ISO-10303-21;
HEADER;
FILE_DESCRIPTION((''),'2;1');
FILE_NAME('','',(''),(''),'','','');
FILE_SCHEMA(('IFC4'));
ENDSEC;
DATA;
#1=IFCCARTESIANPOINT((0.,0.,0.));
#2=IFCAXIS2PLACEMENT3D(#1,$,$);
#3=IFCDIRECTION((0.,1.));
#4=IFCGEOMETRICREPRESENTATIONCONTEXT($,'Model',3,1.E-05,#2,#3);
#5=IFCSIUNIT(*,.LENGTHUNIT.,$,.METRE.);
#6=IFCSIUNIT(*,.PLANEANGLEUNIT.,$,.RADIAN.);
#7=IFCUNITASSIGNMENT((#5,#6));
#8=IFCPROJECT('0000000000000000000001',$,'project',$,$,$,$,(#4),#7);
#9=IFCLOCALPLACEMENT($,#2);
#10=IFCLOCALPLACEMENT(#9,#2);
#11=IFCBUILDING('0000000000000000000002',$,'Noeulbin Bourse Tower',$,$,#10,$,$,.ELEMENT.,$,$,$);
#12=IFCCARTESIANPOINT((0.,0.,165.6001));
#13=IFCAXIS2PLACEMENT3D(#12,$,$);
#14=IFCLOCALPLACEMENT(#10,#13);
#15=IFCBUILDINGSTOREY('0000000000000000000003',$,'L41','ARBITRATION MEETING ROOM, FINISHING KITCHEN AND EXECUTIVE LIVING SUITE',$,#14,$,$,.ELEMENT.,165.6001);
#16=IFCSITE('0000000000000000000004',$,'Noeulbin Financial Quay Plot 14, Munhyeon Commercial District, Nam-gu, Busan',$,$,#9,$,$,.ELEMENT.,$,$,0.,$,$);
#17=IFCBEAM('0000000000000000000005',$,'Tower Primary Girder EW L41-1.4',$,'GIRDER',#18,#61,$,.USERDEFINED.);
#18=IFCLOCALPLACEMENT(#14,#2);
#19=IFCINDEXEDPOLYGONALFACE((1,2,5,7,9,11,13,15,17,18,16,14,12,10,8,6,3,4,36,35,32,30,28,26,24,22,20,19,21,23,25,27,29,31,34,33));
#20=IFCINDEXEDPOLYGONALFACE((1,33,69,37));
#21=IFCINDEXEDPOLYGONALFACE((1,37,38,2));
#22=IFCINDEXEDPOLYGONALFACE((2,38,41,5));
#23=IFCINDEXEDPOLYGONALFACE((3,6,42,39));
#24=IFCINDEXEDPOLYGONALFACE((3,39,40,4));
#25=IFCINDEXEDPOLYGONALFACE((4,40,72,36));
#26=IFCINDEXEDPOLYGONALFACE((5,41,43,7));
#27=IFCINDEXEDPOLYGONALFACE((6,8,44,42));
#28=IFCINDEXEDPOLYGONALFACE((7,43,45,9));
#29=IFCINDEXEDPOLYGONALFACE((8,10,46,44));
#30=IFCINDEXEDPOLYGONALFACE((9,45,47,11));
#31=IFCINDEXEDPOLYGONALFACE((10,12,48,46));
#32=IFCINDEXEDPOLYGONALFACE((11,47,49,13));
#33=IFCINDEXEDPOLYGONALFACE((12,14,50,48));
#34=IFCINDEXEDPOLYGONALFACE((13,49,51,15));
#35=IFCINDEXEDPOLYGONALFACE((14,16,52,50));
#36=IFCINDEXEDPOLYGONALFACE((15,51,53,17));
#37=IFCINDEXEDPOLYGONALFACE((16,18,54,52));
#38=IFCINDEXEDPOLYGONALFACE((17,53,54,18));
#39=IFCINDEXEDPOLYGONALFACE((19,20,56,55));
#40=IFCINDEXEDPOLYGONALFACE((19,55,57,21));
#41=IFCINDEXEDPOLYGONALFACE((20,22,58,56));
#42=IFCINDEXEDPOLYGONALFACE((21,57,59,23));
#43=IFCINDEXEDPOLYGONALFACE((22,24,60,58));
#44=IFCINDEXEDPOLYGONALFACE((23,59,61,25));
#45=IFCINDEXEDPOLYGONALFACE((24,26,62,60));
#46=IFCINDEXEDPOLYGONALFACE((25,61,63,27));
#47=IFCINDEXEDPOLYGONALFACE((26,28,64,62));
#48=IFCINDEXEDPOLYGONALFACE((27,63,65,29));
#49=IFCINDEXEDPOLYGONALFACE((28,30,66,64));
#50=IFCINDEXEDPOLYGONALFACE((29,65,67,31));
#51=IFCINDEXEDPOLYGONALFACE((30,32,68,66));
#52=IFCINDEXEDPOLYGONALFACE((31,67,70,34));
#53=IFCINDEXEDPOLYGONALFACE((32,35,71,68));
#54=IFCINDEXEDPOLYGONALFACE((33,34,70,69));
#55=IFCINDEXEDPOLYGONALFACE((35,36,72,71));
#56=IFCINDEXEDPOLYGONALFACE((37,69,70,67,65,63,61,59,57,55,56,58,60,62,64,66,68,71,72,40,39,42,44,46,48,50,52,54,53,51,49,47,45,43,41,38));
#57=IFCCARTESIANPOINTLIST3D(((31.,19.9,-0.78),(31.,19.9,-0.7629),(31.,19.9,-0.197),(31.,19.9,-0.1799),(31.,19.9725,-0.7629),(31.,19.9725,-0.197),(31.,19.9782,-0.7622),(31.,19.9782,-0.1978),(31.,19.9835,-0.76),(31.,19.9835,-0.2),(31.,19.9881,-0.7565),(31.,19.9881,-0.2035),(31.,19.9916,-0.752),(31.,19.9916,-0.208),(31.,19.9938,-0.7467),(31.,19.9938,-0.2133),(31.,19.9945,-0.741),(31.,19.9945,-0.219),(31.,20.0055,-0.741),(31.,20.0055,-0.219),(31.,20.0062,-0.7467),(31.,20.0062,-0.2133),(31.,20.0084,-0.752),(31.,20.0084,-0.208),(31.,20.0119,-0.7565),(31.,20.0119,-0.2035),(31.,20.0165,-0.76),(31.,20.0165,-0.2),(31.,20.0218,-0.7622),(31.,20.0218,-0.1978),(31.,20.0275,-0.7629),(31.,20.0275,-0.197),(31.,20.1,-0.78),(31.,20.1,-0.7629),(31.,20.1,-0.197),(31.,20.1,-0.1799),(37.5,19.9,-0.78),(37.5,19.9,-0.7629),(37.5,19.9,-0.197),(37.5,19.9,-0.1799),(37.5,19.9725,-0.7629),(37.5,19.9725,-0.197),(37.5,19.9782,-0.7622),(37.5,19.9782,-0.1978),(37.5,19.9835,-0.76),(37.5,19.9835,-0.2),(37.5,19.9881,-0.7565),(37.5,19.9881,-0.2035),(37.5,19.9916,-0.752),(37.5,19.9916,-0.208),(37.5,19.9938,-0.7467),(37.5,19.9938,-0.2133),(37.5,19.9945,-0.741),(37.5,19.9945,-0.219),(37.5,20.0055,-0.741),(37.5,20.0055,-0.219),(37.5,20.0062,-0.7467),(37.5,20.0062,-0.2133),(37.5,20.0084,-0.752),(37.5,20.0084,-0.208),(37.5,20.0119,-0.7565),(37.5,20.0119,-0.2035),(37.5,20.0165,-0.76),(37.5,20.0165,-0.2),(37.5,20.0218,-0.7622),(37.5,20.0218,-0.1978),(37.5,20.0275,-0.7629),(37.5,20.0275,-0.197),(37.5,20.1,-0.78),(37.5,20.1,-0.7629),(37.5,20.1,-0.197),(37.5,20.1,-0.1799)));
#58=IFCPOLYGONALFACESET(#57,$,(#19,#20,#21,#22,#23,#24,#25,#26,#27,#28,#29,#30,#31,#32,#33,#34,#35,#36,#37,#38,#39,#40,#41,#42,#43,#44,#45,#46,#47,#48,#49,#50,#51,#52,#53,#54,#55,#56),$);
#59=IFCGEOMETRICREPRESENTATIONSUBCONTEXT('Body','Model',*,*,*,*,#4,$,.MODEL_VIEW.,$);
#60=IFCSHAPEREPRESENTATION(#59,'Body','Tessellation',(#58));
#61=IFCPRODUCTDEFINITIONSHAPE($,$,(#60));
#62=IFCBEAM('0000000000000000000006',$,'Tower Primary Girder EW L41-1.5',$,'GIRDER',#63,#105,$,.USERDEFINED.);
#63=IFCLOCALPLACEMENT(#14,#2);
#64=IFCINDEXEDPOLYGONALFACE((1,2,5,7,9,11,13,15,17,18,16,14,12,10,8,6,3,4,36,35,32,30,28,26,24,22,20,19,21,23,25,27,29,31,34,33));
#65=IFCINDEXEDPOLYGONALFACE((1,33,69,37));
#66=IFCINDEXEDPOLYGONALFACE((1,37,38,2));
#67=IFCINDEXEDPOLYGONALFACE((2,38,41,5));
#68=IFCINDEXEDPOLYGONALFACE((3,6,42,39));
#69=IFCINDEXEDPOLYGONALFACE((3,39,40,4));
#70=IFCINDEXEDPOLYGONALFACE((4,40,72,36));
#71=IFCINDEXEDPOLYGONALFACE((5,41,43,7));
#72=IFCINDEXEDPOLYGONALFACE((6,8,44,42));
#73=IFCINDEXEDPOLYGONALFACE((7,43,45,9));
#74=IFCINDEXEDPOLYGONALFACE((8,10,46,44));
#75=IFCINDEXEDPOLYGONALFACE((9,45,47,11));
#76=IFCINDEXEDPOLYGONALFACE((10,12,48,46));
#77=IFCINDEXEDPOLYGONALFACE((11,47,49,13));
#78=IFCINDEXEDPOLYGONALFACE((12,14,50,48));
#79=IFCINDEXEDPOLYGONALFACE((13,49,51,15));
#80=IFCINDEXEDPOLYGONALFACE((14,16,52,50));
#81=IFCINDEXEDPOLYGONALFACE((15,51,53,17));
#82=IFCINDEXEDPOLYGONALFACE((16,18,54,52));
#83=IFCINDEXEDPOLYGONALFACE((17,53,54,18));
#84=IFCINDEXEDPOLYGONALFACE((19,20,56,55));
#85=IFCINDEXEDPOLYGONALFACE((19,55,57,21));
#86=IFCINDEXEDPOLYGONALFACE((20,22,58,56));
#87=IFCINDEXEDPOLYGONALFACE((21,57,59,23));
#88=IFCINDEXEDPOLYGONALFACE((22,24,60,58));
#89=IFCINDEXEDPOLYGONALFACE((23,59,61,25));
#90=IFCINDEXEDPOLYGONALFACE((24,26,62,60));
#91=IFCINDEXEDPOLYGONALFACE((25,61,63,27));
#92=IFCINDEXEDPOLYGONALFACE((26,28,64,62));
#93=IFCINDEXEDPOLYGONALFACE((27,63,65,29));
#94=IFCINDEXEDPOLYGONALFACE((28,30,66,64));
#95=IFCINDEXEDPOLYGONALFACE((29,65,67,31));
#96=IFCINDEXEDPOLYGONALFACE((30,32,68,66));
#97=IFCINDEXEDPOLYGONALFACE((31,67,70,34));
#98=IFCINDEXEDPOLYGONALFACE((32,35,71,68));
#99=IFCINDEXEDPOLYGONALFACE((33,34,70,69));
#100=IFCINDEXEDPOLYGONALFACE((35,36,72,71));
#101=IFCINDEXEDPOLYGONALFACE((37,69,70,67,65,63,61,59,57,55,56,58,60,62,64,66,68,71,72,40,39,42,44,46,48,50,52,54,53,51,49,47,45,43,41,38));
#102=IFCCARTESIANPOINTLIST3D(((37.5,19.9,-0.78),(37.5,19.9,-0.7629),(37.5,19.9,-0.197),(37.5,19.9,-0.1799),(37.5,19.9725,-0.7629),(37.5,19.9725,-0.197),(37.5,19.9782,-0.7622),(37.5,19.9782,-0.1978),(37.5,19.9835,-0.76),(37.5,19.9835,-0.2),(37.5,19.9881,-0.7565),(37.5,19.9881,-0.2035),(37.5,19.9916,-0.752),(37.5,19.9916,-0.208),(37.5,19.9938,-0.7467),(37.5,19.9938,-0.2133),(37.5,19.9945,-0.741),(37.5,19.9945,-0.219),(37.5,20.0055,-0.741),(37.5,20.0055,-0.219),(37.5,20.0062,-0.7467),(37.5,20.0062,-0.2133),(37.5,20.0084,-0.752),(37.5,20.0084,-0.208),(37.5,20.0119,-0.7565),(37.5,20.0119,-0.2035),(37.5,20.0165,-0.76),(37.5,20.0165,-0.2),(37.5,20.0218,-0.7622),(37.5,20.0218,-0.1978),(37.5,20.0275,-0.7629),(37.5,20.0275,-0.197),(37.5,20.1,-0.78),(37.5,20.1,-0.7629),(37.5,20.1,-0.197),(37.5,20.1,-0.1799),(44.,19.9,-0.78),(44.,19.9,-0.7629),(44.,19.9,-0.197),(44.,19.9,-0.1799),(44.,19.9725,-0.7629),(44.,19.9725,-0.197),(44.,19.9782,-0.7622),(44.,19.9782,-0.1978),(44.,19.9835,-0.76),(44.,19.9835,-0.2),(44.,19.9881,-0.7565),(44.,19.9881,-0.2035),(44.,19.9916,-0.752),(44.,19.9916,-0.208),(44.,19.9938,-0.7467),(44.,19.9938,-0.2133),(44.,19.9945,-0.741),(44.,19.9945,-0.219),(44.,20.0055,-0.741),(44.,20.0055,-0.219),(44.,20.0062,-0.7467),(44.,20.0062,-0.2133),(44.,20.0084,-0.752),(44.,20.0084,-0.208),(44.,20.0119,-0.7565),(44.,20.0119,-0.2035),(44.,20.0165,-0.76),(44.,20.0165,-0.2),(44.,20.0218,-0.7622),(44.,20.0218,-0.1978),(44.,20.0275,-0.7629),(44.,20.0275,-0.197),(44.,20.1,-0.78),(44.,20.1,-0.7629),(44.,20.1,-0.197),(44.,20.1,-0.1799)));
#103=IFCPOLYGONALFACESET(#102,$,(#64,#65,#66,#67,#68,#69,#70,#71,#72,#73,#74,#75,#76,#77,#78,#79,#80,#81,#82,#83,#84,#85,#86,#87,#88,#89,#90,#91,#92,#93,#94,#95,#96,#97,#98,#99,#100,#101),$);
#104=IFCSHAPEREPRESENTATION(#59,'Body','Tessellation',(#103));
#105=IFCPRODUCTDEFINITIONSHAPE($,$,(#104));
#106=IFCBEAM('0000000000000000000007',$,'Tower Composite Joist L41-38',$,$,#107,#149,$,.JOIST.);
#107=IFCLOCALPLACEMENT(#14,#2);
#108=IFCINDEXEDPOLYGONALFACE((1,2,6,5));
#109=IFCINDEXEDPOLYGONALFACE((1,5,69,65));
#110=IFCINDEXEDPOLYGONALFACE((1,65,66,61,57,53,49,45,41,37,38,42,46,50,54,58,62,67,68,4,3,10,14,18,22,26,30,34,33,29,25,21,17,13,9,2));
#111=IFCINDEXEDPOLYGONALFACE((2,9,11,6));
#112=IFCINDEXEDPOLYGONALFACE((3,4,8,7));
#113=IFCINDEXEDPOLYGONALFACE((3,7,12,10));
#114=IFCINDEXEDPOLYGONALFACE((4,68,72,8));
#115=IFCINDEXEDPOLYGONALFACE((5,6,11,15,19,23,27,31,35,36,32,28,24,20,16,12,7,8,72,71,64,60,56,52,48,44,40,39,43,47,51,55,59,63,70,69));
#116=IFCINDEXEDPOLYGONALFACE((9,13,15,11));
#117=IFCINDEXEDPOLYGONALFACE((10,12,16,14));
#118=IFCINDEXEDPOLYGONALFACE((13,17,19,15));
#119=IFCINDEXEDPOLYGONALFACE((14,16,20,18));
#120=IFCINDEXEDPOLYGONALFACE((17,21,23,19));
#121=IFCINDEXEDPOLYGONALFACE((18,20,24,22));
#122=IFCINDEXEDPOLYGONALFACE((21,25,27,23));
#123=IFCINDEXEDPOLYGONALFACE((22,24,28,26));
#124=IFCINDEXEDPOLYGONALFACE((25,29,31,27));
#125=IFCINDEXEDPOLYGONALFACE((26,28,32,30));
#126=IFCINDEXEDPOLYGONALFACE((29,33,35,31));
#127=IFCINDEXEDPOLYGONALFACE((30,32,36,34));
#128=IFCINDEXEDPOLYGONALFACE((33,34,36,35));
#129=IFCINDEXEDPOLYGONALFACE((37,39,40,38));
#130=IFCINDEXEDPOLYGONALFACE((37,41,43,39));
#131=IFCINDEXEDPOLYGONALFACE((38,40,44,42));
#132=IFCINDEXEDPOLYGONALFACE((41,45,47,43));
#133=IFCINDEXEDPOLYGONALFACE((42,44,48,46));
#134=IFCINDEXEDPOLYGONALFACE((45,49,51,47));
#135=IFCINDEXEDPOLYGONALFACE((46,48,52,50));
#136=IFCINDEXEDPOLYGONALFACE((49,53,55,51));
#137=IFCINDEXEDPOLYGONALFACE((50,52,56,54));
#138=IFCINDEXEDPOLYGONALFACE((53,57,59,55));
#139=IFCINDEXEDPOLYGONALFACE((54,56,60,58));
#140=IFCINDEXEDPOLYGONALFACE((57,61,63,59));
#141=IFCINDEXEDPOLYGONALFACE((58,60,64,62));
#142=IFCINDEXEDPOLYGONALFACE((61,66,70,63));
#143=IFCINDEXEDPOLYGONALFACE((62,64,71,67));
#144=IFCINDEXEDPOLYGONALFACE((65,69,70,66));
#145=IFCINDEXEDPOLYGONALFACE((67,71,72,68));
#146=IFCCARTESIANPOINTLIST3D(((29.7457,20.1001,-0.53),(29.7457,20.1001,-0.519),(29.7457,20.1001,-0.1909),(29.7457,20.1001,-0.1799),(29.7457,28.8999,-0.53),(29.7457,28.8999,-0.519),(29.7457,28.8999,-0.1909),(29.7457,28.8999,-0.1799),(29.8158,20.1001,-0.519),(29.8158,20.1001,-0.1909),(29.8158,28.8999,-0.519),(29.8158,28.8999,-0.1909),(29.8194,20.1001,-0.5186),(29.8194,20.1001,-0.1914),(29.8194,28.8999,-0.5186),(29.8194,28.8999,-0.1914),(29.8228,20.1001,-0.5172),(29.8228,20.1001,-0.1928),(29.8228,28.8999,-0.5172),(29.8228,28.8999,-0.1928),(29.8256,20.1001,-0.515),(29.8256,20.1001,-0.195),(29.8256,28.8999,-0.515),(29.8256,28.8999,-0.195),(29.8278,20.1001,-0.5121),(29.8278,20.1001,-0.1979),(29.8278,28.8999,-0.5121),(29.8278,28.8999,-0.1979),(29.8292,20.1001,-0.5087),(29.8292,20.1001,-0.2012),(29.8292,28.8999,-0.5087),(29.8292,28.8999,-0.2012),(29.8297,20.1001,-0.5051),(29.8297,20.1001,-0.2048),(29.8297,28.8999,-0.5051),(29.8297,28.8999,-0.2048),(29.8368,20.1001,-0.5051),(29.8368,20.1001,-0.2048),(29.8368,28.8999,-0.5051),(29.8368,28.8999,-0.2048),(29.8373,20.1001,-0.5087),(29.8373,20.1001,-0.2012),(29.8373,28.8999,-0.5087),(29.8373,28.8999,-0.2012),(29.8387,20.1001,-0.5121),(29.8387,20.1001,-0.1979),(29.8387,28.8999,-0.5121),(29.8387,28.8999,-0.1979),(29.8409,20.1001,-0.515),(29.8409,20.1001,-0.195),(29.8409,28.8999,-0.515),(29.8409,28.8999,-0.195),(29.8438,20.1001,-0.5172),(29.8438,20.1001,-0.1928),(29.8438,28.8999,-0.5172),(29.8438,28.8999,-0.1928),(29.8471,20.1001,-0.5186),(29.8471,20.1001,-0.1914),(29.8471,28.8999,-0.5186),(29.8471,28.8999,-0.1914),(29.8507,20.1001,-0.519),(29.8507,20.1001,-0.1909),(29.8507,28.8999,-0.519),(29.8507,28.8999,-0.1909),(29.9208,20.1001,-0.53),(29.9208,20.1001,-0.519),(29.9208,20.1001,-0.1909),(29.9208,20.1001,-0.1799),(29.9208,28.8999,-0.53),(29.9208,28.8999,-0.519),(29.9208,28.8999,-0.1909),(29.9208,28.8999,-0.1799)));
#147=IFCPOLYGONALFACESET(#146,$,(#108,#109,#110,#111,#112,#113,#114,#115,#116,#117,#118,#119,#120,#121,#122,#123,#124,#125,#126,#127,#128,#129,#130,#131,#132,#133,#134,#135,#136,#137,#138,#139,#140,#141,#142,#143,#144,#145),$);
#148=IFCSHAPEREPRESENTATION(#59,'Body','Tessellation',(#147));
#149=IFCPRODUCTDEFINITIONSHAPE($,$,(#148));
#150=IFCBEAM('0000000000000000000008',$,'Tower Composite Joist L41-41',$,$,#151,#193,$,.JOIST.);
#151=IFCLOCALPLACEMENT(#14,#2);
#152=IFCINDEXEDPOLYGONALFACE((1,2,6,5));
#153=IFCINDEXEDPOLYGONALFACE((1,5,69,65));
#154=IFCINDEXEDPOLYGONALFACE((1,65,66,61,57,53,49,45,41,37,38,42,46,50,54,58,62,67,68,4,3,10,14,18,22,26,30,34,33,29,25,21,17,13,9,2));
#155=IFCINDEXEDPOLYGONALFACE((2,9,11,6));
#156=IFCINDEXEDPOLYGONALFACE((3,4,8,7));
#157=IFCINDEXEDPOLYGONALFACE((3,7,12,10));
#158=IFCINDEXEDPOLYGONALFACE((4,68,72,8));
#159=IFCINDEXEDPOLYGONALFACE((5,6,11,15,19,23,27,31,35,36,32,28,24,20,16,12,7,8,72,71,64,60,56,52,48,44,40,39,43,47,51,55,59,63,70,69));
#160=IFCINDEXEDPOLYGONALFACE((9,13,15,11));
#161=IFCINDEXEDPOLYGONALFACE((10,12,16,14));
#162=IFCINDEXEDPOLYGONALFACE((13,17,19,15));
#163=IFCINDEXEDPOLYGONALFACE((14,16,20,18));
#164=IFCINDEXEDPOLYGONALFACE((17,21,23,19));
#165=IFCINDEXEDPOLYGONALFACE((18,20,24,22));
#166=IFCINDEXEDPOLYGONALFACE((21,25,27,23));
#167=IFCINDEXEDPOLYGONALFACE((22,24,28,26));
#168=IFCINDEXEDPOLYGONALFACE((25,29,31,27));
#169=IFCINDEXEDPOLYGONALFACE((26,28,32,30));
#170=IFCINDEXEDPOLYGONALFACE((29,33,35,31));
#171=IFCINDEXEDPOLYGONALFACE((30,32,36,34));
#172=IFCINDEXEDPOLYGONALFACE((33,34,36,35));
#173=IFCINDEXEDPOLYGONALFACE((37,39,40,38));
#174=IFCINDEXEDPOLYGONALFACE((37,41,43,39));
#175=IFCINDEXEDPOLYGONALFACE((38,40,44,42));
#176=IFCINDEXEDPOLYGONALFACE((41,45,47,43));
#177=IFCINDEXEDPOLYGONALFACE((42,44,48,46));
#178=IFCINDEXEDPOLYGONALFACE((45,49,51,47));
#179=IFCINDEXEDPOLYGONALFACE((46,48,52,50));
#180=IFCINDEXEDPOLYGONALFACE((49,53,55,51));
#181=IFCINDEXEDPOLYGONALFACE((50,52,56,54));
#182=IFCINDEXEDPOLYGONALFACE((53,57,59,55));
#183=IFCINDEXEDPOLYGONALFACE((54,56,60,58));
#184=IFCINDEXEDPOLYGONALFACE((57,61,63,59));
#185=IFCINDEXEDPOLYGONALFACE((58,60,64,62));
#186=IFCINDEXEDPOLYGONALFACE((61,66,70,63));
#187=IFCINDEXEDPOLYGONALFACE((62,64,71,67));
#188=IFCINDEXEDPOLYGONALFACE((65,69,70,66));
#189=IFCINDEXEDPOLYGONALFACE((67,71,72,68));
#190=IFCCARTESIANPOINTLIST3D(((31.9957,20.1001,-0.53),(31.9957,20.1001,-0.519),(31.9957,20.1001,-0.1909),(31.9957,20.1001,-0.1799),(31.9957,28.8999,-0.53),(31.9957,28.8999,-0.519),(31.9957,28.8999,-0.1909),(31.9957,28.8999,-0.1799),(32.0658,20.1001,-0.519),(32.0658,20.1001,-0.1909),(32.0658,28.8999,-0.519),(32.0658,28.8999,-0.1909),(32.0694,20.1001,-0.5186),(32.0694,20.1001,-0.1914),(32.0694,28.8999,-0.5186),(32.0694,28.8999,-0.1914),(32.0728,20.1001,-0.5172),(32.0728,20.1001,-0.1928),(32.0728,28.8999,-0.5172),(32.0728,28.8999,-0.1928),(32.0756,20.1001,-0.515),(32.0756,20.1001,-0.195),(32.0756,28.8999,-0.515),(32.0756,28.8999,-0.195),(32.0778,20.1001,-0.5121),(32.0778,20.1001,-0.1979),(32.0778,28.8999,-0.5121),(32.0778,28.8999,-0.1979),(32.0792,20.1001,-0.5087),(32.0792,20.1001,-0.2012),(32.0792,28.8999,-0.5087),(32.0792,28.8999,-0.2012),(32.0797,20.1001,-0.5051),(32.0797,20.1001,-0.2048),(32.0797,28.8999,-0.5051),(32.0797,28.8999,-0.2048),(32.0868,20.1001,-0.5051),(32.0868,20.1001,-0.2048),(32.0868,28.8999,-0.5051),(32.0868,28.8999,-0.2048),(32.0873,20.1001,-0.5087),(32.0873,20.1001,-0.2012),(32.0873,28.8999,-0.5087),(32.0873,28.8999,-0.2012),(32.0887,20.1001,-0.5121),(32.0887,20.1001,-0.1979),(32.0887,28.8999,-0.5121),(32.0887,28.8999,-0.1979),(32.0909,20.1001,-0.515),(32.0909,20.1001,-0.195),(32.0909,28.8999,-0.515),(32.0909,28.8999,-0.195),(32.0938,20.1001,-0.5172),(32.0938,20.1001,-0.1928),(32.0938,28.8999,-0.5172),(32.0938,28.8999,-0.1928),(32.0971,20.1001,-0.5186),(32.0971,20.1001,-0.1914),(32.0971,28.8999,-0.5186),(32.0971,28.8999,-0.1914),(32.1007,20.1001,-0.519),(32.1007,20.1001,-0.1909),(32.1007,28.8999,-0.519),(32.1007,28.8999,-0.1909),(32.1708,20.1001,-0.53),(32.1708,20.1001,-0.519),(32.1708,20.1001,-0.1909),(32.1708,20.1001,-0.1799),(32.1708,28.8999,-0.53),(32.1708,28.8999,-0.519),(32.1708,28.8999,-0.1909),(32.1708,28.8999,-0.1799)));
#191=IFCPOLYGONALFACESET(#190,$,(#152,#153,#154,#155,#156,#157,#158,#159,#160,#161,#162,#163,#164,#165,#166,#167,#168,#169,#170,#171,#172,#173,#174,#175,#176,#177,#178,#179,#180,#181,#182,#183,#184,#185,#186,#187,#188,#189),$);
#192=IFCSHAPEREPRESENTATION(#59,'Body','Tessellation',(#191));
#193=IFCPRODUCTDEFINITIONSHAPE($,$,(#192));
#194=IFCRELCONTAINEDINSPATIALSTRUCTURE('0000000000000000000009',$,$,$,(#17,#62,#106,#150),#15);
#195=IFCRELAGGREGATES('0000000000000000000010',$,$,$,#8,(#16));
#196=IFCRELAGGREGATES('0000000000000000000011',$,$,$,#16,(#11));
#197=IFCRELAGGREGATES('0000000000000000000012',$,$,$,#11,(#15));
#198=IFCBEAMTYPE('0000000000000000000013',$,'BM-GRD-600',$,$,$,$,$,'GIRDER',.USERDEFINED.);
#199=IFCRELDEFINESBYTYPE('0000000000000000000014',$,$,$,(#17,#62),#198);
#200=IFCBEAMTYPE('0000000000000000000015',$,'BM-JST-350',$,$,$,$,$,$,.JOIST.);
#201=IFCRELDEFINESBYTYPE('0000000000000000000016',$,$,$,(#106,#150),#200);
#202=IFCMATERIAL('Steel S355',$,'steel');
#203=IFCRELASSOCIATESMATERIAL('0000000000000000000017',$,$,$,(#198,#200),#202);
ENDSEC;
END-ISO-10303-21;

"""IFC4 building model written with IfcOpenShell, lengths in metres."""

from ifc_helpers import new_model, si_unit, direction, frame, origin, origin_2d, place, context, subcontext, project, spatial, i_section, extrude, material, material_profile, profile_set, type_object, element, save


model = new_model("IFC4")

# Units and contexts
model_context = context("Model", 3, precision=1e-05, world=origin(), true_north=direction((0.0, 1.0)))
body_context = subcontext(model_context, "Body", "Model", "MODEL_VIEW")
ifc_project = project(units=[si_unit("LENGTHUNIT", "METRE"), si_unit("PLANEANGLEUNIT", "RADIAN")], contexts=[model_context])

# Site, building, storey
site_placement = place(None, origin())
site = spatial("IfcSite", under=ifc_project, at=site_placement, Name="Noeulbin Financial Quay Plot 14, Munhyeon Commercial District, Nam-gu, Busan", CompositionType="ELEMENT", RefElevation=0.0)
building_placement = place(site_placement, origin())
building = spatial("IfcBuilding", under=site, at=building_placement, Name="Noeulbin Bourse Tower", CompositionType="ELEMENT")
storey_placement = place(building_placement, frame((0.0, 0.0, 165.6001)))
storey = spatial("IfcBuildingStorey", under=building, at=storey_placement, Name="L41", Description="ARBITRATION MEETING ROOM, FINISHING KITCHEN AND EXECUTIVE LIVING SUITE", CompositionType="ELEMENT", Elevation=165.6001)

# Beams
ifc_material_1 = material(Name="Steel S355", Category="steel")
ifc_material_profile_1 = material_profile(ifc_material_1, i_section(OverallWidth=0.2, OverallDepth=0.6001, WebThickness=0.011, FlangeThickness=0.0171, FilletRadius=0.022, at=origin_2d()), Name="H-600x200x11x17", Category="LoadBearing")
ifc_profile_set_1 = profile_set([ifc_material_profile_1], Name="Steel S355")
beam_type_1 = type_object("IfcBeamType", Name="BM-GRD-600", ElementType="GIRDER", PredefinedType="USERDEFINED", material=ifc_profile_set_1)
for number, where, z_axis, x_axis, name in (
    (1, (31.0, 20.0, -0.48), (1.0, 0.0, 0.0), (0.0, 1.0, 0.0), "Tower Primary Girder EW L41-1.4"),
    (2, (37.5, 20.0, -0.48), (1.0, 0.0, 0.0), (0.0, 1.0, 0.0), "Tower Primary Girder EW L41-1.5"),
):
    element("IfcBeam", number, at=place(storey_placement, frame(where, z_axis=z_axis, x_axis=x_axis)), inside=storey, type_object=beam_type_1, Name=name, ObjectType="GIRDER", PredefinedType="USERDEFINED", context=body_context, shape_type="SweptSolid", body=[
        extrude(i_section(OverallWidth=0.2, OverallDepth=0.6001, WebThickness=0.011, FlangeThickness=0.0171, FilletRadius=0.022, at=origin_2d()), origin(), (0.0, 0.0, 1.0), 6.5),
    ])
ifc_material_profile_2 = material_profile(ifc_material_1, i_section(OverallWidth=0.175, OverallDepth=0.3501, WebThickness=0.0071, FlangeThickness=0.011, FilletRadius=0.0139, at=origin_2d()), Name="H-350x175x7x11", Category="LoadBearing")
ifc_profile_set_2 = profile_set([ifc_material_profile_2], Name="Steel S355")
beam_type_2 = type_object("IfcBeamType", Name="BM-JST-350", PredefinedType="JOIST", material=ifc_profile_set_2)
for number, where, z_axis, x_axis, name in (
    (3, (29.8333, 20.1001, -0.355), (0.0, 1.0, 0.0), (-1.0, 0.0, 0.0), "Tower Composite Joist L41-38"),
    (4, (32.0833, 20.1001, -0.355), (0.0, 1.0, 0.0), (-1.0, 0.0, 0.0), "Tower Composite Joist L41-41"),
):
    element("IfcBeam", number, at=place(storey_placement, frame(where, z_axis=z_axis, x_axis=x_axis)), inside=storey, type_object=beam_type_2, Name=name, PredefinedType="JOIST", context=body_context, shape_type="SweptSolid", body=[
        extrude(i_section(OverallWidth=0.175, OverallDepth=0.3501, WebThickness=0.0071, FlangeThickness=0.011, FilletRadius=0.0139, at=origin_2d()), origin(), (0.0, 0.0, 1.0), 8.7998),
    ])

save(model, "model.ifc")
